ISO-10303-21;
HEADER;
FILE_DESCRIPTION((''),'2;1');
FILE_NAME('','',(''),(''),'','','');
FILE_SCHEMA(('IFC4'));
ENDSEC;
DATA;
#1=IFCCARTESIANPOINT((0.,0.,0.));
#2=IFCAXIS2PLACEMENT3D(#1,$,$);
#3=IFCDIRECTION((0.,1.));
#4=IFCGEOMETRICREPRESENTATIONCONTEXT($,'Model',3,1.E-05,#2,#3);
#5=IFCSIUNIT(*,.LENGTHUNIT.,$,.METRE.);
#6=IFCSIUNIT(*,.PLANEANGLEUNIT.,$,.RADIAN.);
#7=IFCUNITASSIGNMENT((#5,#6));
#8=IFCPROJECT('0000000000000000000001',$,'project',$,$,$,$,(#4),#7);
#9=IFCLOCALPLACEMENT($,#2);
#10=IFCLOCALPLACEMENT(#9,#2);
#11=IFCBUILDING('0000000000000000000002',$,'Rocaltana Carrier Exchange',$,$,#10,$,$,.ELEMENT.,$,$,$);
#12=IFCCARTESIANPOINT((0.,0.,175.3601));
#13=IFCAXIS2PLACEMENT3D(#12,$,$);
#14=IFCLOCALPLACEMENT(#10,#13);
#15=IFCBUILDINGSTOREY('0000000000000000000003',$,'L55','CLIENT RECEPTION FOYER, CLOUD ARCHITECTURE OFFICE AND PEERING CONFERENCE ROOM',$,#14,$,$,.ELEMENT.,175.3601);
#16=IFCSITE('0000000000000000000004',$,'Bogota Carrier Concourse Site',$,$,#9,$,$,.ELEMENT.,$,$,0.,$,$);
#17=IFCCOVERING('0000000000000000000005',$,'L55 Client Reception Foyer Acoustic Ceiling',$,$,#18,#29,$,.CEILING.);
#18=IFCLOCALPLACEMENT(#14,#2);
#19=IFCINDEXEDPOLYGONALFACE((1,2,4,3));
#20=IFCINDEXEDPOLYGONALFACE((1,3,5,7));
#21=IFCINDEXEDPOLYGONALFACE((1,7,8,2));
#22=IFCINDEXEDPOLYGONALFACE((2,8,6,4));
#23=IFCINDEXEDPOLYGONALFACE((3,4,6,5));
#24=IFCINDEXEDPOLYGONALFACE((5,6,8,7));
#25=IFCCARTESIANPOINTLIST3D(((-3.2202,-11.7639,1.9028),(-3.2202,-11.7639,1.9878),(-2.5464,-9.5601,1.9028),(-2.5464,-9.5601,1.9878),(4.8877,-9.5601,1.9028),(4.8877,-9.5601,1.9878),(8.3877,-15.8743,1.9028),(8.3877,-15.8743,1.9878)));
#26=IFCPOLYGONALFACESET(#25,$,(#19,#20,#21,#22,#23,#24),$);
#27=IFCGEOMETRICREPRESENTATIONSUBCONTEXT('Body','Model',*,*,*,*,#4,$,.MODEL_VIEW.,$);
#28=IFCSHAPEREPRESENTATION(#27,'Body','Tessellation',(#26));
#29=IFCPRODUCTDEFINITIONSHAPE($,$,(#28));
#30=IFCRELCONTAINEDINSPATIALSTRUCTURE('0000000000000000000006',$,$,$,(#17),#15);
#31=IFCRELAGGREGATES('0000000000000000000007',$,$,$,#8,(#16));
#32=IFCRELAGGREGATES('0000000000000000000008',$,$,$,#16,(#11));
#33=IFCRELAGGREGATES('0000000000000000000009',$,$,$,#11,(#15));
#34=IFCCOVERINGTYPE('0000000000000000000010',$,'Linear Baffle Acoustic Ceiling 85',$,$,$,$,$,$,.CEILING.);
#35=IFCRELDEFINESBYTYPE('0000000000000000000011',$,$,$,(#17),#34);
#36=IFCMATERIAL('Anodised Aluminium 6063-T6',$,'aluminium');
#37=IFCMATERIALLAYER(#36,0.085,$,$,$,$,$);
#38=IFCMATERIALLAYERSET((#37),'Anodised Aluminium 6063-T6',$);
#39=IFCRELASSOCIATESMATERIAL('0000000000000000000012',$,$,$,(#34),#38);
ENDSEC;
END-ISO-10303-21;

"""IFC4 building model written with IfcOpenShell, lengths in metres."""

from ifc_helpers import new_model, si_unit, direction, frame, origin, place, context, subcontext, project, spatial, polyline, outline, extrude, material, layer, layer_set, type_object, element, save


model = new_model("IFC4")

# Units and contexts
model_context = context("Model", 3, precision=1e-05, world=origin(), true_north=direction((0.0, 1.0)))
body_context = subcontext(model_context, "Body", "Model", "MODEL_VIEW")
ifc_project = project(units=[si_unit("LENGTHUNIT", "METRE"), si_unit("PLANEANGLEUNIT", "RADIAN")], contexts=[model_context])

# Site, building, storey
site_placement = place(None, origin())
site = spatial("IfcSite", under=ifc_project, at=site_placement, Name="Bogota Carrier Concourse Site", CompositionType="ELEMENT", RefElevation=0.0)
building_placement = place(site_placement, origin())
building = spatial("IfcBuilding", under=site, at=building_placement, Name="Rocaltana Carrier Exchange", CompositionType="ELEMENT")
storey_placement = place(building_placement, frame((0.0, 0.0, 175.3601)))
storey = spatial("IfcBuildingStorey", under=building, at=storey_placement, Name="L55", Description="CLIENT RECEPTION FOYER, CLOUD ARCHITECTURE OFFICE AND PEERING CONFERENCE ROOM", CompositionType="ELEMENT", Elevation=175.3601)

# Covering
ifc_material_1 = material(Name="Anodised Aluminium 6063-T6", Category="aluminium")
ifc_layer_1 = layer(ifc_material_1, 0.085)
ifc_layer_set_1 = layer_set([ifc_layer_1], Name="Anodised Aluminium 6063-T6")
covering_type_1 = type_object("IfcCoveringType", Name="Linear Baffle Acoustic Ceiling 85", PredefinedType="CEILING", material=ifc_layer_set_1)
covering_1_placement = place(storey_placement, frame((0.0, 0.0, 1.9028)))
element("IfcCovering", 1, at=covering_1_placement, inside=storey, type_object=covering_type_1, Name="L55 Client Reception Foyer Acoustic Ceiling", PredefinedType="CEILING", context=body_context, shape_type="SweptSolid", body=[
    extrude(outline(polyline([(-3.2202, -11.7639), (-2.5464, -9.5601), (4.8877, -9.5601), (8.3877, -15.8743), (-3.2202, -11.7639)])), origin(), (0.0, 0.0, 1.0), 0.085),
])

save(model, "model.ifc")
